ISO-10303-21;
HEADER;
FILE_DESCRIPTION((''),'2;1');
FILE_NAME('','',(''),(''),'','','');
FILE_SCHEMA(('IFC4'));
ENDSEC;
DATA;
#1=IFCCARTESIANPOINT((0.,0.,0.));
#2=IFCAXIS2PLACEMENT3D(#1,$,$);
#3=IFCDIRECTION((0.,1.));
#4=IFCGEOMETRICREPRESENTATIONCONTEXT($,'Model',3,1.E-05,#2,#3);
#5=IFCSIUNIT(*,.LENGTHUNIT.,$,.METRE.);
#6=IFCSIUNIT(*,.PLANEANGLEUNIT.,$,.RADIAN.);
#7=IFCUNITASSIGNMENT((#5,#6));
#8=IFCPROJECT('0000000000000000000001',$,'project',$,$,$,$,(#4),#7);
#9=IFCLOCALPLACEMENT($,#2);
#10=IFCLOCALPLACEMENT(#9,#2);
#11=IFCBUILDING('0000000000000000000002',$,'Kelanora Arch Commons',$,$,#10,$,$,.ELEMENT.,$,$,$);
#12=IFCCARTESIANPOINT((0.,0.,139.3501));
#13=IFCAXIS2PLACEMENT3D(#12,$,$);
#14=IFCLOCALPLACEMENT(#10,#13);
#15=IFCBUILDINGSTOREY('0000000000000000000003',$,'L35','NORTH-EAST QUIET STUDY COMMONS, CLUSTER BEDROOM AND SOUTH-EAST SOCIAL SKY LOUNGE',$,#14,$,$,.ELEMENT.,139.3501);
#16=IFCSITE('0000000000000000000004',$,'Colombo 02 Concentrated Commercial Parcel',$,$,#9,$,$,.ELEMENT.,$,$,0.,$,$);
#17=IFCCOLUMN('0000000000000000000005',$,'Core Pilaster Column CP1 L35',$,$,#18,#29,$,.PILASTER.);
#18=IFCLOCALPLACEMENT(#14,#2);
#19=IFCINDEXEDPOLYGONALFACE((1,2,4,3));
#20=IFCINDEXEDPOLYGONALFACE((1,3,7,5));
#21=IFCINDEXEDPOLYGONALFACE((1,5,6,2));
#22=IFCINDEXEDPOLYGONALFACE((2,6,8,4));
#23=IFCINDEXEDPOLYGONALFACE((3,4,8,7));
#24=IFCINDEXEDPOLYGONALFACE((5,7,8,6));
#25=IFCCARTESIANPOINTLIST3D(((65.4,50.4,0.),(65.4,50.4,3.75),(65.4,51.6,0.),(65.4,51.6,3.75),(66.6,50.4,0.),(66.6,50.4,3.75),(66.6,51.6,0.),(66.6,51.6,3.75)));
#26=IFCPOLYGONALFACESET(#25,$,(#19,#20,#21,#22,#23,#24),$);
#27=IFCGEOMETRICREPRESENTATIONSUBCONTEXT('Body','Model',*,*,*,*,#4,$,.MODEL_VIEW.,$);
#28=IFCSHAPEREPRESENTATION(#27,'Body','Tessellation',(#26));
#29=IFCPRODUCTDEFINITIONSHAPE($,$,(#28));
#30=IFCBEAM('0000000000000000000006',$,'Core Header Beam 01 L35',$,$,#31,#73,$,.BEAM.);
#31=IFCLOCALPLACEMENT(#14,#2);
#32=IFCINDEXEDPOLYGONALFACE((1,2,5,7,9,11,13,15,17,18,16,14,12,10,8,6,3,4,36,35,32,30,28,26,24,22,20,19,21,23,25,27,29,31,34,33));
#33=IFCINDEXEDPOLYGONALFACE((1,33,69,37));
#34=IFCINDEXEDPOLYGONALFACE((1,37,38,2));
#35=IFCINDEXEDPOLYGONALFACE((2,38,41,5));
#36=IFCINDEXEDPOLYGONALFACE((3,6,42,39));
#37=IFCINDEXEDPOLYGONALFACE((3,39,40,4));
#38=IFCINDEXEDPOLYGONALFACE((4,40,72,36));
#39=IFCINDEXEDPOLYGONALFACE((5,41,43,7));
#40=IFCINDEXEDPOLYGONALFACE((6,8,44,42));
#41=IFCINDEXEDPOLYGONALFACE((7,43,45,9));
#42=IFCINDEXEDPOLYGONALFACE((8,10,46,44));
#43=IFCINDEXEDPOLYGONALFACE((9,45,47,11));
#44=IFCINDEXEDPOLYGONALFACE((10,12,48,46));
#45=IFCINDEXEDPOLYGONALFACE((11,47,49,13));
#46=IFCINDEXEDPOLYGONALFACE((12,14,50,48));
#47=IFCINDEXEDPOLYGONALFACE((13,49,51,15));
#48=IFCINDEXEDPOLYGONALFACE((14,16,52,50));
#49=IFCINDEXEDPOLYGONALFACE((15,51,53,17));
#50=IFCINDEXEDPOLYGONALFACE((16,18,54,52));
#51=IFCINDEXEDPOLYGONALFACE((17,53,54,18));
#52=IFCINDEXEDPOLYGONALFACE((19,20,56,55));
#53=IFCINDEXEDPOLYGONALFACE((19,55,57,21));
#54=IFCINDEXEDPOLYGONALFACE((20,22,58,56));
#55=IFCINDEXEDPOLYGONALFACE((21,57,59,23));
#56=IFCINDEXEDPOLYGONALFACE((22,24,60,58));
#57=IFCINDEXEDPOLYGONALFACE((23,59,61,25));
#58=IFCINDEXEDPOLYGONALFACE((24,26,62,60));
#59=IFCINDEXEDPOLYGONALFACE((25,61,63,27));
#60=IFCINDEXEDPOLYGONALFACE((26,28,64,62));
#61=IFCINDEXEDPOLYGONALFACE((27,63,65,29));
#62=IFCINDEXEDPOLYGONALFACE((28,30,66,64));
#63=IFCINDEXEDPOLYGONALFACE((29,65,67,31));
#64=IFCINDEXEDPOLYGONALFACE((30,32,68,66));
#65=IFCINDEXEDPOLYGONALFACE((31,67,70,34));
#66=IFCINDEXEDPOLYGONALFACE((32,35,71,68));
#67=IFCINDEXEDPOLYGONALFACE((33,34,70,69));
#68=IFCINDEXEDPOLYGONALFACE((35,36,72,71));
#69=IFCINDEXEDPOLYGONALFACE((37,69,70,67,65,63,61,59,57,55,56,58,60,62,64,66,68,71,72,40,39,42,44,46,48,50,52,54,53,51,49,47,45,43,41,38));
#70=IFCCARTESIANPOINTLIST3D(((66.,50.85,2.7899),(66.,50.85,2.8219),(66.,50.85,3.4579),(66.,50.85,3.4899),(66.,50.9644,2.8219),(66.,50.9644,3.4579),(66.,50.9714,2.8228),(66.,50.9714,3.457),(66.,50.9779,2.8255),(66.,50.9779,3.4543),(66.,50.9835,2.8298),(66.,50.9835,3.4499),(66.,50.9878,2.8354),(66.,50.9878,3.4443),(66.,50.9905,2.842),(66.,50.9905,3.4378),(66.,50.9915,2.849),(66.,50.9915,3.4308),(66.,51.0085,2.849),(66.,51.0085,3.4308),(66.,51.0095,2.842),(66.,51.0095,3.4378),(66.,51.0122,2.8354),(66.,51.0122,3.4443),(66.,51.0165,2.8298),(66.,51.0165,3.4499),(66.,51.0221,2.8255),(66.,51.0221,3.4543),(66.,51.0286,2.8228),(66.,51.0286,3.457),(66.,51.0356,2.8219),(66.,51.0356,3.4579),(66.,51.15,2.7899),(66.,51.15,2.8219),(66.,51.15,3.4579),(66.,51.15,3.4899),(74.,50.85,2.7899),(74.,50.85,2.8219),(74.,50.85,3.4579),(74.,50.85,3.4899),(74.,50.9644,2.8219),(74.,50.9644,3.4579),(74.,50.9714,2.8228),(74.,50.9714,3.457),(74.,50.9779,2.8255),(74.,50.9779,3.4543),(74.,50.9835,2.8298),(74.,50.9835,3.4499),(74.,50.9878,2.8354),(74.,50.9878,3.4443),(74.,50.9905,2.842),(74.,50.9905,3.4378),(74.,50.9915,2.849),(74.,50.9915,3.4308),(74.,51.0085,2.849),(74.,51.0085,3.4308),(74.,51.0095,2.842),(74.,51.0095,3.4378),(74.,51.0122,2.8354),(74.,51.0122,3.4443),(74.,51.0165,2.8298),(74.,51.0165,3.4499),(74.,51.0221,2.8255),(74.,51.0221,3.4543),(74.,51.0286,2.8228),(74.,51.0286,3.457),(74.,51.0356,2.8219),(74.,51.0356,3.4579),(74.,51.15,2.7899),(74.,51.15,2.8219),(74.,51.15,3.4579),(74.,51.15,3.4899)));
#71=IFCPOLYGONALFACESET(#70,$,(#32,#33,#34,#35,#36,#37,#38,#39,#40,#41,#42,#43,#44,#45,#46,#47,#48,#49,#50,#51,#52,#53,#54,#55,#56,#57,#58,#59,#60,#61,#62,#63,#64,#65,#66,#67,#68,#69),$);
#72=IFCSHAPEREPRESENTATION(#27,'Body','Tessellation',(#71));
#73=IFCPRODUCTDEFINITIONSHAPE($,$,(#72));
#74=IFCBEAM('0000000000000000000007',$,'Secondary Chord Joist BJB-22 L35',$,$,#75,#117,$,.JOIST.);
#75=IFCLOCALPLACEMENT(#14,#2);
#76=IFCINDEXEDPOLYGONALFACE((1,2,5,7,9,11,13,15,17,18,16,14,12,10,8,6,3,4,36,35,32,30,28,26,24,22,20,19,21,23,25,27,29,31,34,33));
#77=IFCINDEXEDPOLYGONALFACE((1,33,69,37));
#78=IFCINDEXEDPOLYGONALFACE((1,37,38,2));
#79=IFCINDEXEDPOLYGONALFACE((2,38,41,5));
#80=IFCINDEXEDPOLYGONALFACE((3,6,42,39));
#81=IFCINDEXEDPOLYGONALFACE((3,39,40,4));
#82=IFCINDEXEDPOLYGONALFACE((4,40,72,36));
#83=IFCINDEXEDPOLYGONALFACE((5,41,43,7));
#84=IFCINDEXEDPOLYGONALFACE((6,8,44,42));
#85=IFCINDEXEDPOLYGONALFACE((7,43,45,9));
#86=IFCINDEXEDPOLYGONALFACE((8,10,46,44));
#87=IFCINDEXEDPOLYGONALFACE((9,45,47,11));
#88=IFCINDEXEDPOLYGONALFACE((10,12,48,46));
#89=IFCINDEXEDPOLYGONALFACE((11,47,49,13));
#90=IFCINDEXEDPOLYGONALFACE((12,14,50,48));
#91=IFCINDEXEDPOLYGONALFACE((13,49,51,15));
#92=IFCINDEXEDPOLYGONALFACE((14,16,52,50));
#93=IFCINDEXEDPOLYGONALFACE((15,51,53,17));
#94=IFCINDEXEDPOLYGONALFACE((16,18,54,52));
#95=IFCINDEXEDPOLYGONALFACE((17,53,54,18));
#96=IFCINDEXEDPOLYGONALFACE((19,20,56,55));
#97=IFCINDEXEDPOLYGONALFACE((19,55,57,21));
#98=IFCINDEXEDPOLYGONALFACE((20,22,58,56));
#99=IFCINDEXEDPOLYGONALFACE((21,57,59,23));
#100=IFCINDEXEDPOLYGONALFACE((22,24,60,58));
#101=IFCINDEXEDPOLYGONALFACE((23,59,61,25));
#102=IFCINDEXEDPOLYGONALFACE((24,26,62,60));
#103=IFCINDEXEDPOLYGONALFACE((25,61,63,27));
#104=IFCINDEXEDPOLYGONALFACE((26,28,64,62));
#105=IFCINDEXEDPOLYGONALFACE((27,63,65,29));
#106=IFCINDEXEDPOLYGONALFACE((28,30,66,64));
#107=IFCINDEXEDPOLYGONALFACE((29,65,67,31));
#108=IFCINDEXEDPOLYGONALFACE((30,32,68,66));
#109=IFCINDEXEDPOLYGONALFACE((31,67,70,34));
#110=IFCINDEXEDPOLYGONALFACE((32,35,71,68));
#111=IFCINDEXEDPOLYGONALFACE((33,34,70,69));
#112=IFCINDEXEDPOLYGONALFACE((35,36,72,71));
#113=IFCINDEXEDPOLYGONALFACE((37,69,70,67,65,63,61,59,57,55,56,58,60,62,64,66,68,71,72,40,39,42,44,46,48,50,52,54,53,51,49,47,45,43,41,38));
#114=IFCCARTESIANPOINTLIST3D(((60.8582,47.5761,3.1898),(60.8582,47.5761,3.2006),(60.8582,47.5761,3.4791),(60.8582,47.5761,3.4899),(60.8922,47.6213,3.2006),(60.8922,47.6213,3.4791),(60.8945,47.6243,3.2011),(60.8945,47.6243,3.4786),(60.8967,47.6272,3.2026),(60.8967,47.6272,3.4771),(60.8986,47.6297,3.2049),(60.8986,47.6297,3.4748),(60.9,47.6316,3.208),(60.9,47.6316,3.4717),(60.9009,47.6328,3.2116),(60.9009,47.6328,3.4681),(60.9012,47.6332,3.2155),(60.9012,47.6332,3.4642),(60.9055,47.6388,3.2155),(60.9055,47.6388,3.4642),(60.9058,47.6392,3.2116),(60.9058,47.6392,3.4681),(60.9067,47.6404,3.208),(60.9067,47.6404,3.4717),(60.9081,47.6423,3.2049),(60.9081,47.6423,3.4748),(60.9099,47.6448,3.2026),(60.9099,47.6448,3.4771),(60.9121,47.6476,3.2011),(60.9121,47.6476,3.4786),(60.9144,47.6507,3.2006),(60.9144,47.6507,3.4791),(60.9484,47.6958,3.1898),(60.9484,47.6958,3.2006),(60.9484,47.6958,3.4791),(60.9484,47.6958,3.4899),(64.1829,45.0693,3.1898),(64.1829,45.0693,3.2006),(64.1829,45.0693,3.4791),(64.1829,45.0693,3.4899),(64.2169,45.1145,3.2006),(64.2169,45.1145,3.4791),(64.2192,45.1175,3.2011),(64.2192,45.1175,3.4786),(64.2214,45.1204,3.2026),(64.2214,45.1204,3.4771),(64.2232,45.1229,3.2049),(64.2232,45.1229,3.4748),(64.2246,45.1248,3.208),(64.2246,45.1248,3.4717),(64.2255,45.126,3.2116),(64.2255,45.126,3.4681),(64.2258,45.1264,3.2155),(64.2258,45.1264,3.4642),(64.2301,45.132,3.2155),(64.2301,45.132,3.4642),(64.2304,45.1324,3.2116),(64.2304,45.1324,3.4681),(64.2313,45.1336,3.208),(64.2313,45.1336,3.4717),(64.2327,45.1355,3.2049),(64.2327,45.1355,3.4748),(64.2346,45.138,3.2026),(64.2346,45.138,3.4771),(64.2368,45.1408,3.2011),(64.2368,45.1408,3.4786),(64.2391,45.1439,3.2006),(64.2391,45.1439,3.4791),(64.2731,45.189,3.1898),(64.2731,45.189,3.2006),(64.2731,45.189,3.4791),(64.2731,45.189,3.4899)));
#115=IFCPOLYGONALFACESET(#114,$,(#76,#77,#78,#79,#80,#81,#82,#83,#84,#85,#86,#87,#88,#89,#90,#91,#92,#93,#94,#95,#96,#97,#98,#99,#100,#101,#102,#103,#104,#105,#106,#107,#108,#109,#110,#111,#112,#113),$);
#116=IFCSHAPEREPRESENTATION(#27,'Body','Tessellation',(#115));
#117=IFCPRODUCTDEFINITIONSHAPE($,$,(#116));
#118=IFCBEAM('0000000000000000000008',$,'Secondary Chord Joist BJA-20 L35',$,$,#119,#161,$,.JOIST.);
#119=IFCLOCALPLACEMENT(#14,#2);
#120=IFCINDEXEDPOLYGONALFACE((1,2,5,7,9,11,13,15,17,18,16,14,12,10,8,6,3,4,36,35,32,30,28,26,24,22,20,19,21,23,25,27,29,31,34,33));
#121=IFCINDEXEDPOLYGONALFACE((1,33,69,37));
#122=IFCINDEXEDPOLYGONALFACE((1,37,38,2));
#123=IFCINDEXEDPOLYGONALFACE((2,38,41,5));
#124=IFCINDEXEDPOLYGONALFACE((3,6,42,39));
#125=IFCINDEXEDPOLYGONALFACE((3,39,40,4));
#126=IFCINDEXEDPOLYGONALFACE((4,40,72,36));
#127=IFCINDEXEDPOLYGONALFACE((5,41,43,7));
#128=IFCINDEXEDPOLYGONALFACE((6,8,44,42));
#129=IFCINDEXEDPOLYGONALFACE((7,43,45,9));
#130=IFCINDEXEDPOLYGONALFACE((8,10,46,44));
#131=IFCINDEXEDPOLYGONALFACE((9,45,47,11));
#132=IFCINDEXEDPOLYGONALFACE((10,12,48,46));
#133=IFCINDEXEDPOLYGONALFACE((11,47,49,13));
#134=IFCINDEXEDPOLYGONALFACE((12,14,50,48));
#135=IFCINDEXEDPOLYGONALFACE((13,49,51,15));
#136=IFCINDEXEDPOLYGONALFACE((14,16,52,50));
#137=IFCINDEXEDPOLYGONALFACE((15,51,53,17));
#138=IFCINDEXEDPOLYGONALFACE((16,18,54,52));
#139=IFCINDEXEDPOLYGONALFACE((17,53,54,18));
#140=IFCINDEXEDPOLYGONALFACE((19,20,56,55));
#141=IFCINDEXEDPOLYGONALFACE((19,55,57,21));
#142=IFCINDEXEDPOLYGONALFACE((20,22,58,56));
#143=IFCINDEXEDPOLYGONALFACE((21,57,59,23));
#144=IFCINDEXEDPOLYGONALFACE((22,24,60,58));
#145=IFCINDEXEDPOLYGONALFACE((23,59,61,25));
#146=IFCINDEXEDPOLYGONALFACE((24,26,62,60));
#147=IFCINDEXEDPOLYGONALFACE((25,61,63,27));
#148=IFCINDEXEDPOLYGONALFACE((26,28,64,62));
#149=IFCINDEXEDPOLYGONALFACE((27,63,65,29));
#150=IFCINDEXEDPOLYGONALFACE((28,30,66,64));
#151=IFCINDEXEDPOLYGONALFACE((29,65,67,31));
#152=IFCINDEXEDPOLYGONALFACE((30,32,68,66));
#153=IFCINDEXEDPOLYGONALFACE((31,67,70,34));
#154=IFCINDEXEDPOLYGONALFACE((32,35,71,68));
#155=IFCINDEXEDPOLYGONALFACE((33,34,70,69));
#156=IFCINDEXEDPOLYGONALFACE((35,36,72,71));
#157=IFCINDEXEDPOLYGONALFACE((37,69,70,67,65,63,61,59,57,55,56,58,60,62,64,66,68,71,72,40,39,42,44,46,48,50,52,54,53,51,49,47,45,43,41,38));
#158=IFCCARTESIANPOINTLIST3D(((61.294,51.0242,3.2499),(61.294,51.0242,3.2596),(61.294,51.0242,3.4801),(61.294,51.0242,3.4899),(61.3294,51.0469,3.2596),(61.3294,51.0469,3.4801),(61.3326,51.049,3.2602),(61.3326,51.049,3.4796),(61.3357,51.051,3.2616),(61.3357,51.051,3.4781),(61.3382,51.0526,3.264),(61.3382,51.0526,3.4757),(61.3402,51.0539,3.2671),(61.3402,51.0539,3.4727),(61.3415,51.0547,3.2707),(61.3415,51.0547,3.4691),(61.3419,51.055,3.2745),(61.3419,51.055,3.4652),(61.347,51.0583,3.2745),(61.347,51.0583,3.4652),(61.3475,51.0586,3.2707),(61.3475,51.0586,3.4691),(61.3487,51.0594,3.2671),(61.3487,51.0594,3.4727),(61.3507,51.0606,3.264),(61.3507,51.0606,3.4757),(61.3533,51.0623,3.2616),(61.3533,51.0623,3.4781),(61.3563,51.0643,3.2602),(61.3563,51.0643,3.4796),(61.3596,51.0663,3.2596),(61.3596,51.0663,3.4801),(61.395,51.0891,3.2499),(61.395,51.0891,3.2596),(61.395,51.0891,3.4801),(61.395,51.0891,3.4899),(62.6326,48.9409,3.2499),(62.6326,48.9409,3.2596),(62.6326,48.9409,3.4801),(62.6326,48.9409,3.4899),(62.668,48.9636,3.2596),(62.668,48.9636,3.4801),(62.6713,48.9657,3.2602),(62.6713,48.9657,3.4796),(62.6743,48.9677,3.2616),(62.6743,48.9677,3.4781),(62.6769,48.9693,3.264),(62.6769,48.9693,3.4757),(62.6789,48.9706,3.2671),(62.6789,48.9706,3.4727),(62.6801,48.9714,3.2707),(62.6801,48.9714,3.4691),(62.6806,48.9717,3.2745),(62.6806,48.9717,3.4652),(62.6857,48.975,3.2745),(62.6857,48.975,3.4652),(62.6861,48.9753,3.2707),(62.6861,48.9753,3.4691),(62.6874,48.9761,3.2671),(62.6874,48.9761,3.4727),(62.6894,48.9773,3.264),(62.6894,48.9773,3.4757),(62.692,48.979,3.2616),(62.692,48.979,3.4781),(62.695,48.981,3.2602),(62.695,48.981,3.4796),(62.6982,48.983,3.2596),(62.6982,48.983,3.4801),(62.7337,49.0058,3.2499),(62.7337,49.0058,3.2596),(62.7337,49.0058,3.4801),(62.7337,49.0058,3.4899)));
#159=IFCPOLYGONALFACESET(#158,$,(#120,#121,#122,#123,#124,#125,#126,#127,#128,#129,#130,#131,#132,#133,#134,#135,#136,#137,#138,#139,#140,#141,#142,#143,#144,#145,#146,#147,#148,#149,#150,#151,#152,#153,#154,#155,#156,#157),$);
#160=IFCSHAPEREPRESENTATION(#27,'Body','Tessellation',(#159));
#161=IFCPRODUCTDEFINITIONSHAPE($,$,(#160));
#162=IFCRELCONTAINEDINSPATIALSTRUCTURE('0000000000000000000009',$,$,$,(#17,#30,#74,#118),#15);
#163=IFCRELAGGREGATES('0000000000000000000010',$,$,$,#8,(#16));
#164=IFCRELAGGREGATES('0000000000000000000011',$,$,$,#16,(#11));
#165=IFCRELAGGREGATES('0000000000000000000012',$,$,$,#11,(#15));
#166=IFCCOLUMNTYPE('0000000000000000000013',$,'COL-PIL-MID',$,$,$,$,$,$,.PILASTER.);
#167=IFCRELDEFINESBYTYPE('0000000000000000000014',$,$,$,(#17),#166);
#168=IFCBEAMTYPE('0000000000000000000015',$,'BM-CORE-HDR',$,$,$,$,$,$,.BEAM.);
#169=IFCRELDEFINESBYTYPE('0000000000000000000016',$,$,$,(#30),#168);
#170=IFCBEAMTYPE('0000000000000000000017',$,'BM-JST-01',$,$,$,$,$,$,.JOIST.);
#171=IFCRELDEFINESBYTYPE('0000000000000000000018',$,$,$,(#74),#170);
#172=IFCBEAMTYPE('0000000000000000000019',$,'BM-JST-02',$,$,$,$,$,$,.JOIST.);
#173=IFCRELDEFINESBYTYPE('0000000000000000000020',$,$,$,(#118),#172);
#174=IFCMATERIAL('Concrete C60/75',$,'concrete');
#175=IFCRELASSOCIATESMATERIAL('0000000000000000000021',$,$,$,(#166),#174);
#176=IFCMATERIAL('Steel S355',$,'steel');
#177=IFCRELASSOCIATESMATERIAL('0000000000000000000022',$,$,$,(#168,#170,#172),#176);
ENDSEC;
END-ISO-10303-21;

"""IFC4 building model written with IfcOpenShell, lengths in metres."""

from ifc_helpers import new_model, si_unit, direction, frame, origin, origin_2d, place, context, subcontext, project, spatial, rectangle, i_section, extrude, material, material_profile, profile_set, type_object, element, save


model = new_model("IFC4")

# Units and contexts
model_context = context("Model", 3, precision=1e-05, world=origin(), true_north=direction((0.0, 1.0)))
body_context = subcontext(model_context, "Body", "Model", "MODEL_VIEW")
ifc_project = project(units=[si_unit("LENGTHUNIT", "METRE"), si_unit("PLANEANGLEUNIT", "RADIAN")], contexts=[model_context])

# Site, building, storey
site_placement = place(None, origin())
site = spatial("IfcSite", under=ifc_project, at=site_placement, Name="Colombo 02 Concentrated Commercial Parcel", CompositionType="ELEMENT", RefElevation=0.0)
building_placement = place(site_placement, origin())
building = spatial("IfcBuilding", under=site, at=building_placement, Name="Kelanora Arch Commons", CompositionType="ELEMENT")
storey_placement = place(building_placement, frame((0.0, 0.0, 139.3501)))
storey = spatial("IfcBuildingStorey", under=building, at=storey_placement, Name="L35", Description="NORTH-EAST QUIET STUDY COMMONS, CLUSTER BEDROOM AND SOUTH-EAST SOCIAL SKY LOUNGE", CompositionType="ELEMENT", Elevation=139.3501)

# Column
ifc_material_1 = material(Name="Concrete C60/75", Category="concrete")
ifc_material_profile_1 = material_profile(ifc_material_1, rectangle(XDim=1.2, YDim=1.2, at=origin_2d()), Name="RC1200x1200")
ifc_profile_set_1 = profile_set([ifc_material_profile_1], Name="Concrete C60/75")
column_type = type_object("IfcColumnType", Name="COL-PIL-MID", PredefinedType="PILASTER", material=ifc_profile_set_1)
column_placement = place(storey_placement, frame((66.0, 51.0, 0.0), z_axis=(0.0, 0.0, 1.0), x_axis=(1.0, 0.0, 0.0)))
element("IfcColumn", 1, at=column_placement, inside=storey, type_object=column_type, Name="Core Pilaster Column CP1 L35", PredefinedType="PILASTER", context=body_context, shape_type="SweptSolid", body=[
    extrude(rectangle(XDim=1.2, YDim=1.2, at=origin_2d()), origin(), (0.0, 0.0, 1.0), 3.75),
])

# Beams
ifc_material_2 = material(Name="Steel S355", Category="steel")
ifc_material_profile_2 = material_profile(ifc_material_2, i_section(OverallWidth=0.3, OverallDepth=0.7, WebThickness=0.0171, FlangeThickness=0.032, FilletRadius=0.0271, at=origin_2d()), Name="HEB700")
ifc_profile_set_2 = profile_set([ifc_material_profile_2], Name="Steel S355")
beam_type_1 = type_object("IfcBeamType", Name="BM-CORE-HDR", PredefinedType="BEAM", material=ifc_profile_set_2)
beam_1_placement = place(storey_placement, frame((66.0, 51.0, 3.1399), z_axis=(1.0, 0.0, 0.0), x_axis=(0.0, 1.0, 0.0)))
element("IfcBeam", 2, at=beam_1_placement, inside=storey, type_object=beam_type_1, Name="Core Header Beam 01 L35", PredefinedType="BEAM", context=body_context, shape_type="SweptSolid", body=[
    extrude(i_section(OverallWidth=0.3, OverallDepth=0.7, WebThickness=0.0171, FlangeThickness=0.032, FilletRadius=0.0271, at=origin_2d()), origin(), (0.0, 0.0, 1.0), 8.0),
])
ifc_material_profile_3 = material_profile(ifc_material_2, i_section(OverallWidth=0.1499, OverallDepth=0.3, WebThickness=0.0071, FlangeThickness=0.0107, FilletRadius=0.0149, at=origin_2d()), Name="IPE300")
ifc_profile_set_3 = profile_set([ifc_material_profile_3], Name="Steel S355")
beam_type_2 = type_object("IfcBeamType", Name="BM-JST-01", PredefinedType="JOIST", material=ifc_profile_set_3)
beam_2_placement = place(storey_placement, frame((60.9033, 47.636, 3.3398), z_axis=(0.798464, -0.602043, 0.0), x_axis=(0.602043, 0.798464, 0.0)))
element("IfcBeam", 3, at=beam_2_placement, inside=storey, type_object=beam_type_2, Name="Secondary Chord Joist BJB-22 L35", PredefinedType="JOIST", context=body_context, shape_type="SweptSolid", body=[
    extrude(i_section(OverallWidth=0.1499, OverallDepth=0.3, WebThickness=0.0071, FlangeThickness=0.0107, FilletRadius=0.0149, at=origin_2d()), origin(), (0.0, 0.0, 1.0), 4.1638),
])
ifc_material_profile_4 = material_profile(ifc_material_2, i_section(OverallWidth=0.1201, OverallDepth=0.24, WebThickness=0.0061, FlangeThickness=0.0098, FilletRadius=0.0149, at=origin_2d()), Name="IPE240")
ifc_profile_set_4 = profile_set([ifc_material_profile_4], Name="Steel S355")
beam_type_3 = type_object("IfcBeamType", Name="BM-JST-02", PredefinedType="JOIST", material=ifc_profile_set_4)
beam_3_placement = place(storey_placement, frame((61.3445, 51.0566, 3.3699), z_axis=(0.540583, -0.841291, 0.0), x_axis=(0.841291, 0.540583, 0.0)))
element("IfcBeam", 4, at=beam_3_placement, inside=storey, type_object=beam_type_3, Name="Secondary Chord Joist BJA-20 L35", PredefinedType="JOIST", context=body_context, shape_type="SweptSolid", body=[
    extrude(i_section(OverallWidth=0.1201, OverallDepth=0.24, WebThickness=0.0061, FlangeThickness=0.0098, FilletRadius=0.0149, at=origin_2d()), origin(), (0.0, 0.0, 1.0), 2.4763),
])

save(model, "model.ifc")
